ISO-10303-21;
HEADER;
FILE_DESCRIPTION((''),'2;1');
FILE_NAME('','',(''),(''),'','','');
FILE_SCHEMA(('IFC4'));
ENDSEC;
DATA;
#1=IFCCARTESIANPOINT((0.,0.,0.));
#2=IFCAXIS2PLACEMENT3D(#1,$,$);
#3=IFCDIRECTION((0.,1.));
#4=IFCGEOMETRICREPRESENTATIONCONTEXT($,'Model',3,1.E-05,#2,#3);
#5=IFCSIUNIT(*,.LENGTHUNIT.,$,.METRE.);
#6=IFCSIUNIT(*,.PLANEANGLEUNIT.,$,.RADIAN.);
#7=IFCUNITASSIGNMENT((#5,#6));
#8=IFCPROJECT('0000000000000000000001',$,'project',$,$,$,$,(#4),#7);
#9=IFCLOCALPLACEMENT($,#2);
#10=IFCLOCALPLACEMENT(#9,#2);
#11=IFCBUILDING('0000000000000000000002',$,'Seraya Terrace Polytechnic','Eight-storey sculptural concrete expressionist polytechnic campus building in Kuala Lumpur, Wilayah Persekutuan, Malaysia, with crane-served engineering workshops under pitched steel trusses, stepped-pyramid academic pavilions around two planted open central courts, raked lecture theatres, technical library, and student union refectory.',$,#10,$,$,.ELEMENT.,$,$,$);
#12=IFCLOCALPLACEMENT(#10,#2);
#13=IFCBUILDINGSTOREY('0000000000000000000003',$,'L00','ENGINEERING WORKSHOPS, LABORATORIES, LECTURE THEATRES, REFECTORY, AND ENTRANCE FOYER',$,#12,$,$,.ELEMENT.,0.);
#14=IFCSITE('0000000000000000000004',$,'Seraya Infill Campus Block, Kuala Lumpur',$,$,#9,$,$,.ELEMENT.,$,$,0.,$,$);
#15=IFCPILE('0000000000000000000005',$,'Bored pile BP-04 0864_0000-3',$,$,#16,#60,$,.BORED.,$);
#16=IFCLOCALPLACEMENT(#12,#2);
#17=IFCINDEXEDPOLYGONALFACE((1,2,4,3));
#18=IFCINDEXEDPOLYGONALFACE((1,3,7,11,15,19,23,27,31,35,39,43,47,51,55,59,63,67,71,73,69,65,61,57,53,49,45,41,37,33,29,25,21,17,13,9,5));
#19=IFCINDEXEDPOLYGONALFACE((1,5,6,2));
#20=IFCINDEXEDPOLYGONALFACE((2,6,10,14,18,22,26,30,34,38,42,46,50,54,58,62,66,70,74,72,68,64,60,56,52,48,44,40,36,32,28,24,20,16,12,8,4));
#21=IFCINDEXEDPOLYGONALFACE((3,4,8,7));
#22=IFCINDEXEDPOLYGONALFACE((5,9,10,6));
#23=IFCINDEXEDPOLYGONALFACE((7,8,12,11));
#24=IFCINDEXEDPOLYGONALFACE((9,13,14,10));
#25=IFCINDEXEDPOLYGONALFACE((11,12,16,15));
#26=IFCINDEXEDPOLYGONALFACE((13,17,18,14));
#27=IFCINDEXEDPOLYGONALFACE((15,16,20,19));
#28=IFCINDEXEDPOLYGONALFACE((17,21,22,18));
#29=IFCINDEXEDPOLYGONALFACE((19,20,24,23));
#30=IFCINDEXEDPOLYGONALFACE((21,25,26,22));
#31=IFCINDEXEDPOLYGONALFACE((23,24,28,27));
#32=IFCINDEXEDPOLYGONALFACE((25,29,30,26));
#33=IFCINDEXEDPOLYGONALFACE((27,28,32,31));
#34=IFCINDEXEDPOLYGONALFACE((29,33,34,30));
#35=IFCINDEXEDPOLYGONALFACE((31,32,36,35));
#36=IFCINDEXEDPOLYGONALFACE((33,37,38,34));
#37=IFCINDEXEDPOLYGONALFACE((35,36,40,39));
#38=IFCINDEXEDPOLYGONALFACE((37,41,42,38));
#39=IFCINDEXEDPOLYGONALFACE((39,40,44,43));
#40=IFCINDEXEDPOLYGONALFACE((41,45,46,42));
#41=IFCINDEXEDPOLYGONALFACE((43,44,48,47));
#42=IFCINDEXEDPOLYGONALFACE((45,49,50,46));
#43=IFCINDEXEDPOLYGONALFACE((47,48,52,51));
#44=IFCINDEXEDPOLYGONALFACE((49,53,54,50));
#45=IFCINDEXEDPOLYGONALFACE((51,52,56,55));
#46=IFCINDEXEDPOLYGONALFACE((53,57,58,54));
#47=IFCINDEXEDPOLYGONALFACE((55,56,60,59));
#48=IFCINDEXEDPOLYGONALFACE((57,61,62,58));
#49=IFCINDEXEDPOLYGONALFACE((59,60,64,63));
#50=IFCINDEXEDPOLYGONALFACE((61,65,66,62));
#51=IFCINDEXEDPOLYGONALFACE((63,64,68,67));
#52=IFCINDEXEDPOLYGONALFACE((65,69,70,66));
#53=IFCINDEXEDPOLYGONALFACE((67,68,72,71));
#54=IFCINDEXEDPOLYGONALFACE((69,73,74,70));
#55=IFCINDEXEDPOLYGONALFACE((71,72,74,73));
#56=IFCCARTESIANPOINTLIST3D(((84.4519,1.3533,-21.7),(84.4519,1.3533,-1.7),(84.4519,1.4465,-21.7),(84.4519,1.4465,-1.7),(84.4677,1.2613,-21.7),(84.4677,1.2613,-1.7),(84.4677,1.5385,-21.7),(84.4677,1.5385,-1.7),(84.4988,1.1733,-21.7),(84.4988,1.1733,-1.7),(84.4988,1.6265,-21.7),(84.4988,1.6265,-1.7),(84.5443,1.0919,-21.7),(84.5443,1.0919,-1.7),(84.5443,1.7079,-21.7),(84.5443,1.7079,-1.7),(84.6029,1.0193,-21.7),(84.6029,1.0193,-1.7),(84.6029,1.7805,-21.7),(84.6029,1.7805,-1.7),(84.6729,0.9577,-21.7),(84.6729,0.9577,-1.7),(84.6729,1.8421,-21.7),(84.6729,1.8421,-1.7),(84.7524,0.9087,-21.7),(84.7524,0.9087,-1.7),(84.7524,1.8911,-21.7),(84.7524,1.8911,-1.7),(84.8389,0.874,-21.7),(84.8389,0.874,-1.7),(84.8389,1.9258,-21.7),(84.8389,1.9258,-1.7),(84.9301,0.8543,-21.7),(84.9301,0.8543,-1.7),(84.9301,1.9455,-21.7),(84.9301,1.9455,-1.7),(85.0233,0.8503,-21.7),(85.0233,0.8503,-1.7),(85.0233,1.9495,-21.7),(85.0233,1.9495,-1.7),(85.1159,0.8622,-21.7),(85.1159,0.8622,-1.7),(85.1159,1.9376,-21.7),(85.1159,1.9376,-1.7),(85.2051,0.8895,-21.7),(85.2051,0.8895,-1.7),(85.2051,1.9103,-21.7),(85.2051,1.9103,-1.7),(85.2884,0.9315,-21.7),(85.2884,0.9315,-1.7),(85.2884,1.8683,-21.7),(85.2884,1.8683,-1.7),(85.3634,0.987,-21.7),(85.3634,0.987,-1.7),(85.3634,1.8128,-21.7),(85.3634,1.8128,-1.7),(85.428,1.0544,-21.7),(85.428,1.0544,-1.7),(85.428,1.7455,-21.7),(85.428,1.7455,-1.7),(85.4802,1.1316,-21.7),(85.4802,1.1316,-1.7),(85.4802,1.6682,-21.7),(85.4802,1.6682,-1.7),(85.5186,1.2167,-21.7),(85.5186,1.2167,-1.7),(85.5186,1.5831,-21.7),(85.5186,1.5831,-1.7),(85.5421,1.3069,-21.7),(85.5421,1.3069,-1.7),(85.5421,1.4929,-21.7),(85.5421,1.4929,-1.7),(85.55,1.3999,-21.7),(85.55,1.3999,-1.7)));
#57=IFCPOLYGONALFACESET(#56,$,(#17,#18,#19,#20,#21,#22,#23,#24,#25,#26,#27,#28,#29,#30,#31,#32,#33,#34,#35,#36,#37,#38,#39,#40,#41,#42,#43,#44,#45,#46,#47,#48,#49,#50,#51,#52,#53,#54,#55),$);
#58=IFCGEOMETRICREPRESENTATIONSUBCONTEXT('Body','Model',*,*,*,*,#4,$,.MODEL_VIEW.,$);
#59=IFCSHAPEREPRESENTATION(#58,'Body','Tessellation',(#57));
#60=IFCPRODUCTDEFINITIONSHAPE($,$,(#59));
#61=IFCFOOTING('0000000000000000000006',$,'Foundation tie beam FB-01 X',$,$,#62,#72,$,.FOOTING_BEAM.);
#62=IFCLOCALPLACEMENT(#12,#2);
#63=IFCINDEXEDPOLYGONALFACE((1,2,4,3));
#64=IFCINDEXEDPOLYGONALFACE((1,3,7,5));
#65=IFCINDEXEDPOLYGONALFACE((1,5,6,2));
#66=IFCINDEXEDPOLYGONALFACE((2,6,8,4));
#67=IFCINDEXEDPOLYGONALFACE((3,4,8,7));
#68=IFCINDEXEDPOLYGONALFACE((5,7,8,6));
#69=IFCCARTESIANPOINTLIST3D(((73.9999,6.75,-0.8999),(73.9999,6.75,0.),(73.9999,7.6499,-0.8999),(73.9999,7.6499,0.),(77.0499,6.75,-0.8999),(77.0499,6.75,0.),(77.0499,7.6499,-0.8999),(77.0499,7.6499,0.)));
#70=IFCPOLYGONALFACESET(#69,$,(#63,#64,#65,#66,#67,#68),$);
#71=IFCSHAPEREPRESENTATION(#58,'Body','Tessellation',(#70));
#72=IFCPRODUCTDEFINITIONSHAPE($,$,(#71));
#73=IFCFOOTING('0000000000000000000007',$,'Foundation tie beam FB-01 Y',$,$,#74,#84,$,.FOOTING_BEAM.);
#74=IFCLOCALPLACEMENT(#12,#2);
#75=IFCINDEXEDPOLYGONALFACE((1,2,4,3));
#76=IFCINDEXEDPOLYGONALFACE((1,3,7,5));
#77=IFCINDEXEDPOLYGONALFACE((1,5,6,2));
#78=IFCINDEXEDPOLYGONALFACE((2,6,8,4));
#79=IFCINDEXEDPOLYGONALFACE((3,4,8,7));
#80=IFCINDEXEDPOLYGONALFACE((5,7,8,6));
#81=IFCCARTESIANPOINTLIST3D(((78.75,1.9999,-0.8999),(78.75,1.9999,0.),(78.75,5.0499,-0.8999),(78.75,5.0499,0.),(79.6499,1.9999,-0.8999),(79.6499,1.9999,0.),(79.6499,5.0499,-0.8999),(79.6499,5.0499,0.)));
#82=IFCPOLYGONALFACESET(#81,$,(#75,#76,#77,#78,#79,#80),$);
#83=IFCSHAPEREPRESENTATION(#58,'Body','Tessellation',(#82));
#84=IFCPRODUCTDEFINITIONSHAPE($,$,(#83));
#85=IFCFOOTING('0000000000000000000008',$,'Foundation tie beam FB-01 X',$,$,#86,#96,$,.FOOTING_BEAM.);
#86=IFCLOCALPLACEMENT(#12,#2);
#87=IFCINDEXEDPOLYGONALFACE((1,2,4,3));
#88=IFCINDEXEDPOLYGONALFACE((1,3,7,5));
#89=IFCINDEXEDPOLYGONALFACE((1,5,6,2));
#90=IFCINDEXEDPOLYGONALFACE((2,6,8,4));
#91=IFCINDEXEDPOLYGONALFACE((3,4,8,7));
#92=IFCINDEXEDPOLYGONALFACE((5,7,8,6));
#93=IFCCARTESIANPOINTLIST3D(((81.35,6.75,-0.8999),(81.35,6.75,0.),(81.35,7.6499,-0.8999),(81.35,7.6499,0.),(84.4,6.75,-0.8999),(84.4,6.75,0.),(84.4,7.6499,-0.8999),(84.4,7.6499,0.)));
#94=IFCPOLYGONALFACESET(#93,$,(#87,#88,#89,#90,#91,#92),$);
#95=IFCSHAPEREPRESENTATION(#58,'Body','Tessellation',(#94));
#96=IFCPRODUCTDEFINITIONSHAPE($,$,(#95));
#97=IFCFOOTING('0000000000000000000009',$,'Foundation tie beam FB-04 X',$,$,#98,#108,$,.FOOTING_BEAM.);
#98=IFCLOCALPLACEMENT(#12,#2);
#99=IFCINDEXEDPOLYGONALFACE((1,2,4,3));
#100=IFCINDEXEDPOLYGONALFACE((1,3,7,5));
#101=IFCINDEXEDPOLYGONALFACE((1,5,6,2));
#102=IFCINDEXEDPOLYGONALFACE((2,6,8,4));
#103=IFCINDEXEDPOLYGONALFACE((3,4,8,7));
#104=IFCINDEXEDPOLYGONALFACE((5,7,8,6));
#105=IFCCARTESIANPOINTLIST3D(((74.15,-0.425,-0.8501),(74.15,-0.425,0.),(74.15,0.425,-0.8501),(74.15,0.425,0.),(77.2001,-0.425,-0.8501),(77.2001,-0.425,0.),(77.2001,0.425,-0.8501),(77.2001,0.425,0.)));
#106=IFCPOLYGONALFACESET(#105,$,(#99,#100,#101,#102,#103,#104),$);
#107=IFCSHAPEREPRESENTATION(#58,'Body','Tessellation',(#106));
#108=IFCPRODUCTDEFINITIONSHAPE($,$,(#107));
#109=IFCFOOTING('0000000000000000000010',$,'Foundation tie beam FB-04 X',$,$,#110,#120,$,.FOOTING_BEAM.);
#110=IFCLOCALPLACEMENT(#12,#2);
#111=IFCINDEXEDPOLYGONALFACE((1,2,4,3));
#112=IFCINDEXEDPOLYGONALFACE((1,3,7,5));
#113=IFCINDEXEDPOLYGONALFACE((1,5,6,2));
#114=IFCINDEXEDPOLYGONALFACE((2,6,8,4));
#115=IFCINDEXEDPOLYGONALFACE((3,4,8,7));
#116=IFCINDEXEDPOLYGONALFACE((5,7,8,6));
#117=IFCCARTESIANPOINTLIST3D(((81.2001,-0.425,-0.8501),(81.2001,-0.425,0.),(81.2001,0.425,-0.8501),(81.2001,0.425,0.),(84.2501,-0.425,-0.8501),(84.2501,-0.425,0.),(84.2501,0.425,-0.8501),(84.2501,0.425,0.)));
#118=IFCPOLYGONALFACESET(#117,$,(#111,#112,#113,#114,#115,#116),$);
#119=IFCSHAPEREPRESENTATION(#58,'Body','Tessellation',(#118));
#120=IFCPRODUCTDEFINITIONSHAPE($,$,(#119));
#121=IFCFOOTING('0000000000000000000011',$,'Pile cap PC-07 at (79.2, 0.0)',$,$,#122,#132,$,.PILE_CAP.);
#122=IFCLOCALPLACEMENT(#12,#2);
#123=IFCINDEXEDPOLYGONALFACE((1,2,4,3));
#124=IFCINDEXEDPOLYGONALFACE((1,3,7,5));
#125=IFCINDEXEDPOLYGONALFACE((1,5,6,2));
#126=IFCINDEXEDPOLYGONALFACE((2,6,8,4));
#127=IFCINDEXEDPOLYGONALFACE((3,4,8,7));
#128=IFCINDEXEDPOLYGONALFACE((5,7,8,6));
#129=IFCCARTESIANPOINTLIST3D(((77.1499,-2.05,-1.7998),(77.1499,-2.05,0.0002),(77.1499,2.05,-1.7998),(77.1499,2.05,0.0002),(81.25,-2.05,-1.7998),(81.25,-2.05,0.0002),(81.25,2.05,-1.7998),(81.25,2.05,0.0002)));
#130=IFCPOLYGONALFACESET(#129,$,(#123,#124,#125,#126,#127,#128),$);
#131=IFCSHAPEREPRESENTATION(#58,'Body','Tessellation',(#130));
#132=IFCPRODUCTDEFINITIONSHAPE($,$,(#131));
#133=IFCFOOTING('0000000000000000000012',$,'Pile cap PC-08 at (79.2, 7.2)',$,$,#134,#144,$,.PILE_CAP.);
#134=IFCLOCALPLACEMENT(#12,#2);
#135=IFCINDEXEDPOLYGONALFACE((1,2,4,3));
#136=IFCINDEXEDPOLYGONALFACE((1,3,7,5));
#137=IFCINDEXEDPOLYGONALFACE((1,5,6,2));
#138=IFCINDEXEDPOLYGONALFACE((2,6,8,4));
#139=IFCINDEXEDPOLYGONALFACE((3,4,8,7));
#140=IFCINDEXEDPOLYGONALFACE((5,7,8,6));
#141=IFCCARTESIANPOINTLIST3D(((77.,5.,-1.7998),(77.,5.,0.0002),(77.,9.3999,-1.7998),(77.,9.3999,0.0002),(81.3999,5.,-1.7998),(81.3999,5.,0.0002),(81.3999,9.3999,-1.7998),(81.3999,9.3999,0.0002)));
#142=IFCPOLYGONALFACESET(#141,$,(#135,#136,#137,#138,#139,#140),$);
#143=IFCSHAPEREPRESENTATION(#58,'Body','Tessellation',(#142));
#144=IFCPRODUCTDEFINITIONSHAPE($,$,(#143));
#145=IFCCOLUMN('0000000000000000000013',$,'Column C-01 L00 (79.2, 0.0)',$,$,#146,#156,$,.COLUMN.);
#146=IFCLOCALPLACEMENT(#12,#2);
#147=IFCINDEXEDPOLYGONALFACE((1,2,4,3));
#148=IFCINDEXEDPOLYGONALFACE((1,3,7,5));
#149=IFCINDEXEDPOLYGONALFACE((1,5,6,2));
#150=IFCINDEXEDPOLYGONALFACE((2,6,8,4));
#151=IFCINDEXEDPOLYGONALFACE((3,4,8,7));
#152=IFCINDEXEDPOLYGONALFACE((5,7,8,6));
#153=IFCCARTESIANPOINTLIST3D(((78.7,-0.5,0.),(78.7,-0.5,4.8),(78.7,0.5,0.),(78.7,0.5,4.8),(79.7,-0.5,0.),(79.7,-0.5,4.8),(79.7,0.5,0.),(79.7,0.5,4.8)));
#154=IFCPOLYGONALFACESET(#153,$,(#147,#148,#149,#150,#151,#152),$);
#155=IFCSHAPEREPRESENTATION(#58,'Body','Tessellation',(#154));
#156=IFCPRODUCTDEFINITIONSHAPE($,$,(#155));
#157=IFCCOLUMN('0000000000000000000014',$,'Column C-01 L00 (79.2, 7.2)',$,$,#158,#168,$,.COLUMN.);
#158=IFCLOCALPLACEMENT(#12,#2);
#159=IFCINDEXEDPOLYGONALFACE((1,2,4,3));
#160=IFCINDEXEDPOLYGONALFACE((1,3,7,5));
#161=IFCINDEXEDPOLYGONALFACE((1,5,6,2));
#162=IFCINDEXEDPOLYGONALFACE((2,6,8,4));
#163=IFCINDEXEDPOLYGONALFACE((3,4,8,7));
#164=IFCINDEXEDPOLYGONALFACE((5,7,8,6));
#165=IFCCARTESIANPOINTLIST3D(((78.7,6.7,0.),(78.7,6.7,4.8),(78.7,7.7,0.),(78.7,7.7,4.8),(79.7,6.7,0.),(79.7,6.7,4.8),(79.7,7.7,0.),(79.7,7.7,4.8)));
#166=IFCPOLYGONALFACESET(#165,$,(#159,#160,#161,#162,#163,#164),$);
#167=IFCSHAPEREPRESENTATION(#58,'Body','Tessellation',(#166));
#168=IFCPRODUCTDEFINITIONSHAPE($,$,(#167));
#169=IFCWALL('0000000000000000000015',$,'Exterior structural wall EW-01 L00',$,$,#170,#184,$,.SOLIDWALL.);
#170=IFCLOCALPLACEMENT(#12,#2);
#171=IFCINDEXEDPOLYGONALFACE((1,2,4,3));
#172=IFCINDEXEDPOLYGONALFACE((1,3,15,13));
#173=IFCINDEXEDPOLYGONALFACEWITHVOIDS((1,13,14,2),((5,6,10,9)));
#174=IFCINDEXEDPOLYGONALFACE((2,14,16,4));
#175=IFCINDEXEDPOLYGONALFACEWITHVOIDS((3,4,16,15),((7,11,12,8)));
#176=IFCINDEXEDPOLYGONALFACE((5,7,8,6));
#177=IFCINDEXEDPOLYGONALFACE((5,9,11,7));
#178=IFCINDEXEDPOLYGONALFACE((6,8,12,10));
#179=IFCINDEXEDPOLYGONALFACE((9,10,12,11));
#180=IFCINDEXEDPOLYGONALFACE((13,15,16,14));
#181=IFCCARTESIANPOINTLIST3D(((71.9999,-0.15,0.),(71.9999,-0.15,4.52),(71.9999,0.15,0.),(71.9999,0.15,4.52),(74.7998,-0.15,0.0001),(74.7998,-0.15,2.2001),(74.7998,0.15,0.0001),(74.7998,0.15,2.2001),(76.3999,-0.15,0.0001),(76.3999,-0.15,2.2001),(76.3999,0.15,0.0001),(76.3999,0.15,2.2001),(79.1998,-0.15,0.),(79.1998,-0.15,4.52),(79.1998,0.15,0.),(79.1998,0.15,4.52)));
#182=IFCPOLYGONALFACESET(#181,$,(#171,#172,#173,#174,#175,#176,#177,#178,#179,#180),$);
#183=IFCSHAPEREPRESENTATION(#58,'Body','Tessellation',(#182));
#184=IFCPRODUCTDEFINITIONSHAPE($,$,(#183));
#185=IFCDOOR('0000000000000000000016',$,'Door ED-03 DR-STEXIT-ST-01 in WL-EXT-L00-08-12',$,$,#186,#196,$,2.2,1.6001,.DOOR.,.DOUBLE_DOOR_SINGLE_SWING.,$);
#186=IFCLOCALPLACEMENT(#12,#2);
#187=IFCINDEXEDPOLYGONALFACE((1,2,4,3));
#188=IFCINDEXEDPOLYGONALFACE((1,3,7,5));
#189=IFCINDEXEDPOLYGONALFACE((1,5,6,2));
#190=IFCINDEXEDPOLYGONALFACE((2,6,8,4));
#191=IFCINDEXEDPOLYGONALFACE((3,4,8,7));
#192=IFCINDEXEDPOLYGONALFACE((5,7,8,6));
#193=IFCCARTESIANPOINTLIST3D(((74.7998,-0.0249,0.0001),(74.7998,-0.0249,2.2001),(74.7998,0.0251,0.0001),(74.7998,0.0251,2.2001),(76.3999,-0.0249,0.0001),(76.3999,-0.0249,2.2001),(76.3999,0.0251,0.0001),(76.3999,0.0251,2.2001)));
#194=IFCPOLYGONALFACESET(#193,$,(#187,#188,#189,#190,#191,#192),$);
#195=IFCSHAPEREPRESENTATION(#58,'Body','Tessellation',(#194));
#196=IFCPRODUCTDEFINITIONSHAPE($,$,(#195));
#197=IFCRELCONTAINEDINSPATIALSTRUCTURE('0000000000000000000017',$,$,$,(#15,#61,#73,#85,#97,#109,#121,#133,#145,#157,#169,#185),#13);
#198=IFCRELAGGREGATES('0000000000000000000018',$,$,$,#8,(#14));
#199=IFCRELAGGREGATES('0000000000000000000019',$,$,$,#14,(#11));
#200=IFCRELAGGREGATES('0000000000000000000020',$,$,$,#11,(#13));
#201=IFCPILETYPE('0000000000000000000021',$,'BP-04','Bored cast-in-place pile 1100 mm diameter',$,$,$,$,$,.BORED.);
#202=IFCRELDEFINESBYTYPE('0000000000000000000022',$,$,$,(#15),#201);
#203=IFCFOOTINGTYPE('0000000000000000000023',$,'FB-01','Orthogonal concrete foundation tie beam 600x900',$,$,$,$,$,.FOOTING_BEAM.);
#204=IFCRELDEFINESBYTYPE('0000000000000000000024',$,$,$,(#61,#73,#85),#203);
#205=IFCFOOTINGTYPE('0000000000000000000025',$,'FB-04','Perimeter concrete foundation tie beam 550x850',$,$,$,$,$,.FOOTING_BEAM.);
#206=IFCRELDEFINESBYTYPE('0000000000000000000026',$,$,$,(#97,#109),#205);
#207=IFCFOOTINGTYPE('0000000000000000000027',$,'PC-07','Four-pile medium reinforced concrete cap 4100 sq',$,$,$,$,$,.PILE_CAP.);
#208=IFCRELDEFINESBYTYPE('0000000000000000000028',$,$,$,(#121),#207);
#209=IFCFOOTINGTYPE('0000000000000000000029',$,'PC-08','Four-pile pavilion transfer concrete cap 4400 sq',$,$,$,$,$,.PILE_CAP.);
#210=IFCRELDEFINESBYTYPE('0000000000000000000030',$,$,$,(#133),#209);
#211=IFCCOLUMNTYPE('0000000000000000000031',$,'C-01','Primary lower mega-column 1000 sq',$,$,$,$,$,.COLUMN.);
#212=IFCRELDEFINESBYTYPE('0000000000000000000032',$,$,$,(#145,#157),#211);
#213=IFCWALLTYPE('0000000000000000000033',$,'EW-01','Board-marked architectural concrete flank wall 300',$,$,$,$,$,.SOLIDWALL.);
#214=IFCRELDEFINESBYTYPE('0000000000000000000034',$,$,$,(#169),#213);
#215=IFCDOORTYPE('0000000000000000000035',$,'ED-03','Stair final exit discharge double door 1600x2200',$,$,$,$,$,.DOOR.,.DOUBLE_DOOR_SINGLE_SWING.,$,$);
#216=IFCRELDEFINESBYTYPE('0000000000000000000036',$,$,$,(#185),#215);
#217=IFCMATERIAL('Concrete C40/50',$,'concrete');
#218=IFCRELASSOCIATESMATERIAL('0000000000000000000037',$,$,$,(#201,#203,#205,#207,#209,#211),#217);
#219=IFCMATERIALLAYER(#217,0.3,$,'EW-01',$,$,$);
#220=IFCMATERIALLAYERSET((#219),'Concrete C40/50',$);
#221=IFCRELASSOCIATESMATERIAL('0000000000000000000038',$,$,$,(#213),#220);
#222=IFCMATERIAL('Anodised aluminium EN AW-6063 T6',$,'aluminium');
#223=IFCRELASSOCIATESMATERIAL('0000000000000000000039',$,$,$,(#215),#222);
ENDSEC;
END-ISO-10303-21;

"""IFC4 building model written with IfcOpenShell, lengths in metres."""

from ifc_helpers import new_model, si_unit, direction, frame, frame_2d, origin, origin_2d, place, context, subcontext, project, spatial, rectangle, circle, extrude, material, layer, layer_set, material_profile, profile_set, type_object, element, fill, save


model = new_model("IFC4")

# Units and contexts
model_context = context("Model", 3, precision=1e-05, world=origin(), true_north=direction((0.0, 1.0)))
body_context = subcontext(model_context, "Body", "Model", "MODEL_VIEW")
ifc_project = project(units=[si_unit("LENGTHUNIT", "METRE"), si_unit("PLANEANGLEUNIT", "RADIAN")], contexts=[model_context])

# Site, building, storey
site_placement = place(None, origin())
site = spatial("IfcSite", under=ifc_project, at=site_placement, Name="Seraya Infill Campus Block, Kuala Lumpur", CompositionType="ELEMENT", RefElevation=0.0)
building_placement = place(site_placement, origin())
building = spatial("IfcBuilding", under=site, at=building_placement, Name="Seraya Terrace Polytechnic", Description="Eight-storey sculptural concrete expressionist polytechnic campus building in Kuala Lumpur, Wilayah Persekutuan, Malaysia, with crane-served engineering workshops under pitched steel trusses, stepped-pyramid academic pavilions around two planted open central courts, raked lecture theatres, technical library, and student union refectory.", CompositionType="ELEMENT")
storey_placement = place(building_placement, origin())
storey = spatial("IfcBuildingStorey", under=building, at=storey_placement, Name="L00", Description="ENGINEERING WORKSHOPS, LABORATORIES, LECTURE THEATRES, REFECTORY, AND ENTRANCE FOYER", CompositionType="ELEMENT", Elevation=0.0)

# Pile
ifc_material_1 = material(Name="Concrete C40/50", Category="concrete")
ifc_material_profile_1 = material_profile(ifc_material_1, circle(Radius=0.55, at=origin_2d()), Name="DIA 1100")
ifc_profile_set_1 = profile_set([ifc_material_profile_1], Name="Concrete C40/50")
pile_type_1 = type_object("IfcPileType", Name="BP-04", Description="Bored cast-in-place pile 1100 mm diameter", PredefinedType="BORED", material=ifc_profile_set_1)
for number, where, z_axis, x_axis, name in (
    (1, (85.0, 1.3999, -1.7), (0.0, 0.0, -1.0), (1.0, 0.0, 0.0), "Bored pile BP-04 0864_0000-3"),
):
    element("IfcPile", number, at=place(storey_placement, frame(where, z_axis=z_axis, x_axis=x_axis)), inside=storey, type_object=pile_type_1, Name=name, PredefinedType="BORED", context=body_context, shape_type="SweptSolid", body=[
        extrude(circle(Radius=0.55, at=origin_2d()), origin(), (0.0, 0.0, 1.0), 20.0),
    ])

# Footings
footing_type_1 = type_object("IfcFootingType", Name="FB-01", Description="Orthogonal concrete foundation tie beam 600x900", PredefinedType="FOOTING_BEAM", material=ifc_material_1)
for number, where, z_axis, x_axis, name in (
    (2, (75.5249, 7.2, -0.8999), (0.0, 0.0, 1.0), (1.0, 0.0, 0.0), "Foundation tie beam FB-01 X"),
    (3, (79.2, 3.5249, -0.8999), (0.0, 0.0, 1.0), (0.0, 1.0, 0.0), "Foundation tie beam FB-01 Y"),
    (4, (82.875, 7.2, -0.8999), (0.0, 0.0, 1.0), (1.0, 0.0, 0.0), "Foundation tie beam FB-01 X"),
):
    element("IfcFooting", number, at=place(storey_placement, frame(where, z_axis=z_axis, x_axis=x_axis)), inside=storey, type_object=footing_type_1, Name=name, PredefinedType="FOOTING_BEAM", context=body_context, shape_type="SweptSolid", body=[
        extrude(rectangle(XDim=3.05, YDim=0.8999, at=origin_2d()), origin(), (0.0, 0.0, 1.0), 0.8999),
    ])
footing_type_2 = type_object("IfcFootingType", Name="FB-04", Description="Perimeter concrete foundation tie beam 550x850", PredefinedType="FOOTING_BEAM", material=ifc_material_1)
for number, where, z_axis, x_axis, name in (
    (5, (75.675, 0.0, -0.8501), (0.0, 0.0, 1.0), (1.0, 0.0, 0.0), "Foundation tie beam FB-04 X"),
    (6, (82.7251, 0.0, -0.8501), (0.0, 0.0, 1.0), (1.0, 0.0, 0.0), "Foundation tie beam FB-04 X"),
):
    element("IfcFooting", number, at=place(storey_placement, frame(where, z_axis=z_axis, x_axis=x_axis)), inside=storey, type_object=footing_type_2, Name=name, PredefinedType="FOOTING_BEAM", context=body_context, shape_type="SweptSolid", body=[
        extrude(rectangle(XDim=3.05, YDim=0.8501, at=origin_2d()), origin(), (0.0, 0.0, 1.0), 0.8501),
    ])
footing_type_3 = type_object("IfcFootingType", Name="PC-07", Description="Four-pile medium reinforced concrete cap 4100 sq", PredefinedType="PILE_CAP", material=ifc_material_1)
footing_1_placement = place(storey_placement, frame((79.2, 0.0, -1.7998), z_axis=(0.0, 0.0, 1.0), x_axis=(1.0, 0.0, 0.0)))
element("IfcFooting", 7, at=footing_1_placement, inside=storey, type_object=footing_type_3, Name="Pile cap PC-07 at (79.2, 0.0)", PredefinedType="PILE_CAP", context=body_context, shape_type="SweptSolid", body=[
    extrude(rectangle(XDim=4.1001, YDim=4.1001, at=origin_2d()), origin(), (0.0, 0.0, 1.0), 1.8),
])
footing_type_4 = type_object("IfcFootingType", Name="PC-08", Description="Four-pile pavilion transfer concrete cap 4400 sq", PredefinedType="PILE_CAP", material=ifc_material_1)
footing_2_placement = place(storey_placement, frame((79.2, 7.2, -1.7998), z_axis=(0.0, 0.0, 1.0), x_axis=(1.0, 0.0, 0.0)))
element("IfcFooting", 8, at=footing_2_placement, inside=storey, type_object=footing_type_4, Name="Pile cap PC-08 at (79.2, 7.2)", PredefinedType="PILE_CAP", context=body_context, shape_type="SweptSolid", body=[
    extrude(rectangle(XDim=4.3999, YDim=4.3999, at=origin_2d()), origin(), (0.0, 0.0, 1.0), 1.8),
])

# Columns
ifc_material_profile_2 = material_profile(ifc_material_1, rectangle(XDim=1.0, YDim=1.0, at=origin_2d()), Name="RC 1000x1000")
ifc_profile_set_2 = profile_set([ifc_material_profile_2], Name="Concrete C40/50")
column_type = type_object("IfcColumnType", Name="C-01", Description="Primary lower mega-column 1000 sq", PredefinedType="COLUMN", material=ifc_profile_set_2)
for number, where, z_axis, x_axis, name in (
    (9, (79.2, 0.0, 0.0), (0.0, 0.0, 1.0), (1.0, 0.0, 0.0), "Column C-01 L00 (79.2, 0.0)"),
    (10, (79.2, 7.2, 0.0), (0.0, 0.0, 1.0), (1.0, 0.0, 0.0), "Column C-01 L00 (79.2, 7.2)"),
):
    element("IfcColumn", number, at=place(storey_placement, frame(where, z_axis=z_axis, x_axis=x_axis)), inside=storey, type_object=column_type, Name=name, PredefinedType="COLUMN", context=body_context, shape_type="SweptSolid", body=[
        extrude(rectangle(XDim=1.0, YDim=1.0, at=origin_2d()), origin(), (0.0, 0.0, 1.0), 4.8),
    ])

# Wall, opening, door
ifc_layer_1 = layer(ifc_material_1, 0.3, Name="EW-01")
ifc_layer_set_1 = layer_set([ifc_layer_1], Name="Concrete C40/50")
wall_type_1 = type_object("IfcWallType", Name="EW-01", Description="Board-marked architectural concrete flank wall 300", PredefinedType="SOLIDWALL", material=ifc_layer_set_1)
wall_1_placement = place(storey_placement, frame((79.2, 0.0, 0.0), z_axis=(0.0, 0.0, 1.0), x_axis=(-1.0, 0.0, 0.0)))
wall_1 = element("IfcWall", 11, at=wall_1_placement, inside=storey, type_object=wall_type_1, Name="Exterior structural wall EW-01 L00", PredefinedType="SOLIDWALL", context=body_context, shape_type="SweptSolid", body=[
    extrude(rectangle(XDim=7.2, YDim=0.3, at=frame_2d((3.6001, 0.0))), origin(), (0.0, 0.0, 1.0), 4.52),
])
opening_1_placement = place(wall_1_placement, frame((2.8, 0.0, 0.0)))
opening_1 = element("IfcOpeningElement", 12, at=opening_1_placement, cuts=wall_1, PredefinedType="OPENING", context=body_context, shape_type="SweptSolid", body=[
    extrude(rectangle(XDim=1.6001, YDim=2.2, at=frame_2d((0.8, 1.1001))), frame((0.0, 0.1621, 0.0), z_axis=(0.0, -1.0, 0.0), x_axis=(1.0, 0.0, 0.0)), (0.0, 0.0, 1.0), 0.324),
])
ifc_material_2 = material(Name="Anodised aluminium EN AW-6063 T6", Category="aluminium")
door_type_1 = type_object("IfcDoorType", Name="ED-03", Description="Stair final exit discharge double door 1600x2200", OperationType="DOUBLE_DOOR_SINGLE_SWING", PredefinedType="DOOR", material=ifc_material_2)
door_1_placement = place(opening_1_placement, origin())
door_1 = element("IfcDoor", 13, at=door_1_placement, inside=storey, type_object=door_type_1, Name="Door ED-03 DR-STEXIT-ST-01 in WL-EXT-L00-08-12", OperationType="DOUBLE_DOOR_SINGLE_SWING", OverallHeight=2.2, OverallWidth=1.6001, PredefinedType="DOOR", context=body_context, shape_type="SweptSolid", body=[
    extrude(rectangle(XDim=1.6001, YDim=2.2, at=frame_2d((0.8, 1.1001))), frame((0.0, 0.0249, 0.0), z_axis=(0.0, -1.0, 0.0), x_axis=(1.0, 0.0, 0.0)), (0.0, 0.0, 1.0), 0.05),
])
fill(opening_1, door_1)

save(model, "model.ifc")
